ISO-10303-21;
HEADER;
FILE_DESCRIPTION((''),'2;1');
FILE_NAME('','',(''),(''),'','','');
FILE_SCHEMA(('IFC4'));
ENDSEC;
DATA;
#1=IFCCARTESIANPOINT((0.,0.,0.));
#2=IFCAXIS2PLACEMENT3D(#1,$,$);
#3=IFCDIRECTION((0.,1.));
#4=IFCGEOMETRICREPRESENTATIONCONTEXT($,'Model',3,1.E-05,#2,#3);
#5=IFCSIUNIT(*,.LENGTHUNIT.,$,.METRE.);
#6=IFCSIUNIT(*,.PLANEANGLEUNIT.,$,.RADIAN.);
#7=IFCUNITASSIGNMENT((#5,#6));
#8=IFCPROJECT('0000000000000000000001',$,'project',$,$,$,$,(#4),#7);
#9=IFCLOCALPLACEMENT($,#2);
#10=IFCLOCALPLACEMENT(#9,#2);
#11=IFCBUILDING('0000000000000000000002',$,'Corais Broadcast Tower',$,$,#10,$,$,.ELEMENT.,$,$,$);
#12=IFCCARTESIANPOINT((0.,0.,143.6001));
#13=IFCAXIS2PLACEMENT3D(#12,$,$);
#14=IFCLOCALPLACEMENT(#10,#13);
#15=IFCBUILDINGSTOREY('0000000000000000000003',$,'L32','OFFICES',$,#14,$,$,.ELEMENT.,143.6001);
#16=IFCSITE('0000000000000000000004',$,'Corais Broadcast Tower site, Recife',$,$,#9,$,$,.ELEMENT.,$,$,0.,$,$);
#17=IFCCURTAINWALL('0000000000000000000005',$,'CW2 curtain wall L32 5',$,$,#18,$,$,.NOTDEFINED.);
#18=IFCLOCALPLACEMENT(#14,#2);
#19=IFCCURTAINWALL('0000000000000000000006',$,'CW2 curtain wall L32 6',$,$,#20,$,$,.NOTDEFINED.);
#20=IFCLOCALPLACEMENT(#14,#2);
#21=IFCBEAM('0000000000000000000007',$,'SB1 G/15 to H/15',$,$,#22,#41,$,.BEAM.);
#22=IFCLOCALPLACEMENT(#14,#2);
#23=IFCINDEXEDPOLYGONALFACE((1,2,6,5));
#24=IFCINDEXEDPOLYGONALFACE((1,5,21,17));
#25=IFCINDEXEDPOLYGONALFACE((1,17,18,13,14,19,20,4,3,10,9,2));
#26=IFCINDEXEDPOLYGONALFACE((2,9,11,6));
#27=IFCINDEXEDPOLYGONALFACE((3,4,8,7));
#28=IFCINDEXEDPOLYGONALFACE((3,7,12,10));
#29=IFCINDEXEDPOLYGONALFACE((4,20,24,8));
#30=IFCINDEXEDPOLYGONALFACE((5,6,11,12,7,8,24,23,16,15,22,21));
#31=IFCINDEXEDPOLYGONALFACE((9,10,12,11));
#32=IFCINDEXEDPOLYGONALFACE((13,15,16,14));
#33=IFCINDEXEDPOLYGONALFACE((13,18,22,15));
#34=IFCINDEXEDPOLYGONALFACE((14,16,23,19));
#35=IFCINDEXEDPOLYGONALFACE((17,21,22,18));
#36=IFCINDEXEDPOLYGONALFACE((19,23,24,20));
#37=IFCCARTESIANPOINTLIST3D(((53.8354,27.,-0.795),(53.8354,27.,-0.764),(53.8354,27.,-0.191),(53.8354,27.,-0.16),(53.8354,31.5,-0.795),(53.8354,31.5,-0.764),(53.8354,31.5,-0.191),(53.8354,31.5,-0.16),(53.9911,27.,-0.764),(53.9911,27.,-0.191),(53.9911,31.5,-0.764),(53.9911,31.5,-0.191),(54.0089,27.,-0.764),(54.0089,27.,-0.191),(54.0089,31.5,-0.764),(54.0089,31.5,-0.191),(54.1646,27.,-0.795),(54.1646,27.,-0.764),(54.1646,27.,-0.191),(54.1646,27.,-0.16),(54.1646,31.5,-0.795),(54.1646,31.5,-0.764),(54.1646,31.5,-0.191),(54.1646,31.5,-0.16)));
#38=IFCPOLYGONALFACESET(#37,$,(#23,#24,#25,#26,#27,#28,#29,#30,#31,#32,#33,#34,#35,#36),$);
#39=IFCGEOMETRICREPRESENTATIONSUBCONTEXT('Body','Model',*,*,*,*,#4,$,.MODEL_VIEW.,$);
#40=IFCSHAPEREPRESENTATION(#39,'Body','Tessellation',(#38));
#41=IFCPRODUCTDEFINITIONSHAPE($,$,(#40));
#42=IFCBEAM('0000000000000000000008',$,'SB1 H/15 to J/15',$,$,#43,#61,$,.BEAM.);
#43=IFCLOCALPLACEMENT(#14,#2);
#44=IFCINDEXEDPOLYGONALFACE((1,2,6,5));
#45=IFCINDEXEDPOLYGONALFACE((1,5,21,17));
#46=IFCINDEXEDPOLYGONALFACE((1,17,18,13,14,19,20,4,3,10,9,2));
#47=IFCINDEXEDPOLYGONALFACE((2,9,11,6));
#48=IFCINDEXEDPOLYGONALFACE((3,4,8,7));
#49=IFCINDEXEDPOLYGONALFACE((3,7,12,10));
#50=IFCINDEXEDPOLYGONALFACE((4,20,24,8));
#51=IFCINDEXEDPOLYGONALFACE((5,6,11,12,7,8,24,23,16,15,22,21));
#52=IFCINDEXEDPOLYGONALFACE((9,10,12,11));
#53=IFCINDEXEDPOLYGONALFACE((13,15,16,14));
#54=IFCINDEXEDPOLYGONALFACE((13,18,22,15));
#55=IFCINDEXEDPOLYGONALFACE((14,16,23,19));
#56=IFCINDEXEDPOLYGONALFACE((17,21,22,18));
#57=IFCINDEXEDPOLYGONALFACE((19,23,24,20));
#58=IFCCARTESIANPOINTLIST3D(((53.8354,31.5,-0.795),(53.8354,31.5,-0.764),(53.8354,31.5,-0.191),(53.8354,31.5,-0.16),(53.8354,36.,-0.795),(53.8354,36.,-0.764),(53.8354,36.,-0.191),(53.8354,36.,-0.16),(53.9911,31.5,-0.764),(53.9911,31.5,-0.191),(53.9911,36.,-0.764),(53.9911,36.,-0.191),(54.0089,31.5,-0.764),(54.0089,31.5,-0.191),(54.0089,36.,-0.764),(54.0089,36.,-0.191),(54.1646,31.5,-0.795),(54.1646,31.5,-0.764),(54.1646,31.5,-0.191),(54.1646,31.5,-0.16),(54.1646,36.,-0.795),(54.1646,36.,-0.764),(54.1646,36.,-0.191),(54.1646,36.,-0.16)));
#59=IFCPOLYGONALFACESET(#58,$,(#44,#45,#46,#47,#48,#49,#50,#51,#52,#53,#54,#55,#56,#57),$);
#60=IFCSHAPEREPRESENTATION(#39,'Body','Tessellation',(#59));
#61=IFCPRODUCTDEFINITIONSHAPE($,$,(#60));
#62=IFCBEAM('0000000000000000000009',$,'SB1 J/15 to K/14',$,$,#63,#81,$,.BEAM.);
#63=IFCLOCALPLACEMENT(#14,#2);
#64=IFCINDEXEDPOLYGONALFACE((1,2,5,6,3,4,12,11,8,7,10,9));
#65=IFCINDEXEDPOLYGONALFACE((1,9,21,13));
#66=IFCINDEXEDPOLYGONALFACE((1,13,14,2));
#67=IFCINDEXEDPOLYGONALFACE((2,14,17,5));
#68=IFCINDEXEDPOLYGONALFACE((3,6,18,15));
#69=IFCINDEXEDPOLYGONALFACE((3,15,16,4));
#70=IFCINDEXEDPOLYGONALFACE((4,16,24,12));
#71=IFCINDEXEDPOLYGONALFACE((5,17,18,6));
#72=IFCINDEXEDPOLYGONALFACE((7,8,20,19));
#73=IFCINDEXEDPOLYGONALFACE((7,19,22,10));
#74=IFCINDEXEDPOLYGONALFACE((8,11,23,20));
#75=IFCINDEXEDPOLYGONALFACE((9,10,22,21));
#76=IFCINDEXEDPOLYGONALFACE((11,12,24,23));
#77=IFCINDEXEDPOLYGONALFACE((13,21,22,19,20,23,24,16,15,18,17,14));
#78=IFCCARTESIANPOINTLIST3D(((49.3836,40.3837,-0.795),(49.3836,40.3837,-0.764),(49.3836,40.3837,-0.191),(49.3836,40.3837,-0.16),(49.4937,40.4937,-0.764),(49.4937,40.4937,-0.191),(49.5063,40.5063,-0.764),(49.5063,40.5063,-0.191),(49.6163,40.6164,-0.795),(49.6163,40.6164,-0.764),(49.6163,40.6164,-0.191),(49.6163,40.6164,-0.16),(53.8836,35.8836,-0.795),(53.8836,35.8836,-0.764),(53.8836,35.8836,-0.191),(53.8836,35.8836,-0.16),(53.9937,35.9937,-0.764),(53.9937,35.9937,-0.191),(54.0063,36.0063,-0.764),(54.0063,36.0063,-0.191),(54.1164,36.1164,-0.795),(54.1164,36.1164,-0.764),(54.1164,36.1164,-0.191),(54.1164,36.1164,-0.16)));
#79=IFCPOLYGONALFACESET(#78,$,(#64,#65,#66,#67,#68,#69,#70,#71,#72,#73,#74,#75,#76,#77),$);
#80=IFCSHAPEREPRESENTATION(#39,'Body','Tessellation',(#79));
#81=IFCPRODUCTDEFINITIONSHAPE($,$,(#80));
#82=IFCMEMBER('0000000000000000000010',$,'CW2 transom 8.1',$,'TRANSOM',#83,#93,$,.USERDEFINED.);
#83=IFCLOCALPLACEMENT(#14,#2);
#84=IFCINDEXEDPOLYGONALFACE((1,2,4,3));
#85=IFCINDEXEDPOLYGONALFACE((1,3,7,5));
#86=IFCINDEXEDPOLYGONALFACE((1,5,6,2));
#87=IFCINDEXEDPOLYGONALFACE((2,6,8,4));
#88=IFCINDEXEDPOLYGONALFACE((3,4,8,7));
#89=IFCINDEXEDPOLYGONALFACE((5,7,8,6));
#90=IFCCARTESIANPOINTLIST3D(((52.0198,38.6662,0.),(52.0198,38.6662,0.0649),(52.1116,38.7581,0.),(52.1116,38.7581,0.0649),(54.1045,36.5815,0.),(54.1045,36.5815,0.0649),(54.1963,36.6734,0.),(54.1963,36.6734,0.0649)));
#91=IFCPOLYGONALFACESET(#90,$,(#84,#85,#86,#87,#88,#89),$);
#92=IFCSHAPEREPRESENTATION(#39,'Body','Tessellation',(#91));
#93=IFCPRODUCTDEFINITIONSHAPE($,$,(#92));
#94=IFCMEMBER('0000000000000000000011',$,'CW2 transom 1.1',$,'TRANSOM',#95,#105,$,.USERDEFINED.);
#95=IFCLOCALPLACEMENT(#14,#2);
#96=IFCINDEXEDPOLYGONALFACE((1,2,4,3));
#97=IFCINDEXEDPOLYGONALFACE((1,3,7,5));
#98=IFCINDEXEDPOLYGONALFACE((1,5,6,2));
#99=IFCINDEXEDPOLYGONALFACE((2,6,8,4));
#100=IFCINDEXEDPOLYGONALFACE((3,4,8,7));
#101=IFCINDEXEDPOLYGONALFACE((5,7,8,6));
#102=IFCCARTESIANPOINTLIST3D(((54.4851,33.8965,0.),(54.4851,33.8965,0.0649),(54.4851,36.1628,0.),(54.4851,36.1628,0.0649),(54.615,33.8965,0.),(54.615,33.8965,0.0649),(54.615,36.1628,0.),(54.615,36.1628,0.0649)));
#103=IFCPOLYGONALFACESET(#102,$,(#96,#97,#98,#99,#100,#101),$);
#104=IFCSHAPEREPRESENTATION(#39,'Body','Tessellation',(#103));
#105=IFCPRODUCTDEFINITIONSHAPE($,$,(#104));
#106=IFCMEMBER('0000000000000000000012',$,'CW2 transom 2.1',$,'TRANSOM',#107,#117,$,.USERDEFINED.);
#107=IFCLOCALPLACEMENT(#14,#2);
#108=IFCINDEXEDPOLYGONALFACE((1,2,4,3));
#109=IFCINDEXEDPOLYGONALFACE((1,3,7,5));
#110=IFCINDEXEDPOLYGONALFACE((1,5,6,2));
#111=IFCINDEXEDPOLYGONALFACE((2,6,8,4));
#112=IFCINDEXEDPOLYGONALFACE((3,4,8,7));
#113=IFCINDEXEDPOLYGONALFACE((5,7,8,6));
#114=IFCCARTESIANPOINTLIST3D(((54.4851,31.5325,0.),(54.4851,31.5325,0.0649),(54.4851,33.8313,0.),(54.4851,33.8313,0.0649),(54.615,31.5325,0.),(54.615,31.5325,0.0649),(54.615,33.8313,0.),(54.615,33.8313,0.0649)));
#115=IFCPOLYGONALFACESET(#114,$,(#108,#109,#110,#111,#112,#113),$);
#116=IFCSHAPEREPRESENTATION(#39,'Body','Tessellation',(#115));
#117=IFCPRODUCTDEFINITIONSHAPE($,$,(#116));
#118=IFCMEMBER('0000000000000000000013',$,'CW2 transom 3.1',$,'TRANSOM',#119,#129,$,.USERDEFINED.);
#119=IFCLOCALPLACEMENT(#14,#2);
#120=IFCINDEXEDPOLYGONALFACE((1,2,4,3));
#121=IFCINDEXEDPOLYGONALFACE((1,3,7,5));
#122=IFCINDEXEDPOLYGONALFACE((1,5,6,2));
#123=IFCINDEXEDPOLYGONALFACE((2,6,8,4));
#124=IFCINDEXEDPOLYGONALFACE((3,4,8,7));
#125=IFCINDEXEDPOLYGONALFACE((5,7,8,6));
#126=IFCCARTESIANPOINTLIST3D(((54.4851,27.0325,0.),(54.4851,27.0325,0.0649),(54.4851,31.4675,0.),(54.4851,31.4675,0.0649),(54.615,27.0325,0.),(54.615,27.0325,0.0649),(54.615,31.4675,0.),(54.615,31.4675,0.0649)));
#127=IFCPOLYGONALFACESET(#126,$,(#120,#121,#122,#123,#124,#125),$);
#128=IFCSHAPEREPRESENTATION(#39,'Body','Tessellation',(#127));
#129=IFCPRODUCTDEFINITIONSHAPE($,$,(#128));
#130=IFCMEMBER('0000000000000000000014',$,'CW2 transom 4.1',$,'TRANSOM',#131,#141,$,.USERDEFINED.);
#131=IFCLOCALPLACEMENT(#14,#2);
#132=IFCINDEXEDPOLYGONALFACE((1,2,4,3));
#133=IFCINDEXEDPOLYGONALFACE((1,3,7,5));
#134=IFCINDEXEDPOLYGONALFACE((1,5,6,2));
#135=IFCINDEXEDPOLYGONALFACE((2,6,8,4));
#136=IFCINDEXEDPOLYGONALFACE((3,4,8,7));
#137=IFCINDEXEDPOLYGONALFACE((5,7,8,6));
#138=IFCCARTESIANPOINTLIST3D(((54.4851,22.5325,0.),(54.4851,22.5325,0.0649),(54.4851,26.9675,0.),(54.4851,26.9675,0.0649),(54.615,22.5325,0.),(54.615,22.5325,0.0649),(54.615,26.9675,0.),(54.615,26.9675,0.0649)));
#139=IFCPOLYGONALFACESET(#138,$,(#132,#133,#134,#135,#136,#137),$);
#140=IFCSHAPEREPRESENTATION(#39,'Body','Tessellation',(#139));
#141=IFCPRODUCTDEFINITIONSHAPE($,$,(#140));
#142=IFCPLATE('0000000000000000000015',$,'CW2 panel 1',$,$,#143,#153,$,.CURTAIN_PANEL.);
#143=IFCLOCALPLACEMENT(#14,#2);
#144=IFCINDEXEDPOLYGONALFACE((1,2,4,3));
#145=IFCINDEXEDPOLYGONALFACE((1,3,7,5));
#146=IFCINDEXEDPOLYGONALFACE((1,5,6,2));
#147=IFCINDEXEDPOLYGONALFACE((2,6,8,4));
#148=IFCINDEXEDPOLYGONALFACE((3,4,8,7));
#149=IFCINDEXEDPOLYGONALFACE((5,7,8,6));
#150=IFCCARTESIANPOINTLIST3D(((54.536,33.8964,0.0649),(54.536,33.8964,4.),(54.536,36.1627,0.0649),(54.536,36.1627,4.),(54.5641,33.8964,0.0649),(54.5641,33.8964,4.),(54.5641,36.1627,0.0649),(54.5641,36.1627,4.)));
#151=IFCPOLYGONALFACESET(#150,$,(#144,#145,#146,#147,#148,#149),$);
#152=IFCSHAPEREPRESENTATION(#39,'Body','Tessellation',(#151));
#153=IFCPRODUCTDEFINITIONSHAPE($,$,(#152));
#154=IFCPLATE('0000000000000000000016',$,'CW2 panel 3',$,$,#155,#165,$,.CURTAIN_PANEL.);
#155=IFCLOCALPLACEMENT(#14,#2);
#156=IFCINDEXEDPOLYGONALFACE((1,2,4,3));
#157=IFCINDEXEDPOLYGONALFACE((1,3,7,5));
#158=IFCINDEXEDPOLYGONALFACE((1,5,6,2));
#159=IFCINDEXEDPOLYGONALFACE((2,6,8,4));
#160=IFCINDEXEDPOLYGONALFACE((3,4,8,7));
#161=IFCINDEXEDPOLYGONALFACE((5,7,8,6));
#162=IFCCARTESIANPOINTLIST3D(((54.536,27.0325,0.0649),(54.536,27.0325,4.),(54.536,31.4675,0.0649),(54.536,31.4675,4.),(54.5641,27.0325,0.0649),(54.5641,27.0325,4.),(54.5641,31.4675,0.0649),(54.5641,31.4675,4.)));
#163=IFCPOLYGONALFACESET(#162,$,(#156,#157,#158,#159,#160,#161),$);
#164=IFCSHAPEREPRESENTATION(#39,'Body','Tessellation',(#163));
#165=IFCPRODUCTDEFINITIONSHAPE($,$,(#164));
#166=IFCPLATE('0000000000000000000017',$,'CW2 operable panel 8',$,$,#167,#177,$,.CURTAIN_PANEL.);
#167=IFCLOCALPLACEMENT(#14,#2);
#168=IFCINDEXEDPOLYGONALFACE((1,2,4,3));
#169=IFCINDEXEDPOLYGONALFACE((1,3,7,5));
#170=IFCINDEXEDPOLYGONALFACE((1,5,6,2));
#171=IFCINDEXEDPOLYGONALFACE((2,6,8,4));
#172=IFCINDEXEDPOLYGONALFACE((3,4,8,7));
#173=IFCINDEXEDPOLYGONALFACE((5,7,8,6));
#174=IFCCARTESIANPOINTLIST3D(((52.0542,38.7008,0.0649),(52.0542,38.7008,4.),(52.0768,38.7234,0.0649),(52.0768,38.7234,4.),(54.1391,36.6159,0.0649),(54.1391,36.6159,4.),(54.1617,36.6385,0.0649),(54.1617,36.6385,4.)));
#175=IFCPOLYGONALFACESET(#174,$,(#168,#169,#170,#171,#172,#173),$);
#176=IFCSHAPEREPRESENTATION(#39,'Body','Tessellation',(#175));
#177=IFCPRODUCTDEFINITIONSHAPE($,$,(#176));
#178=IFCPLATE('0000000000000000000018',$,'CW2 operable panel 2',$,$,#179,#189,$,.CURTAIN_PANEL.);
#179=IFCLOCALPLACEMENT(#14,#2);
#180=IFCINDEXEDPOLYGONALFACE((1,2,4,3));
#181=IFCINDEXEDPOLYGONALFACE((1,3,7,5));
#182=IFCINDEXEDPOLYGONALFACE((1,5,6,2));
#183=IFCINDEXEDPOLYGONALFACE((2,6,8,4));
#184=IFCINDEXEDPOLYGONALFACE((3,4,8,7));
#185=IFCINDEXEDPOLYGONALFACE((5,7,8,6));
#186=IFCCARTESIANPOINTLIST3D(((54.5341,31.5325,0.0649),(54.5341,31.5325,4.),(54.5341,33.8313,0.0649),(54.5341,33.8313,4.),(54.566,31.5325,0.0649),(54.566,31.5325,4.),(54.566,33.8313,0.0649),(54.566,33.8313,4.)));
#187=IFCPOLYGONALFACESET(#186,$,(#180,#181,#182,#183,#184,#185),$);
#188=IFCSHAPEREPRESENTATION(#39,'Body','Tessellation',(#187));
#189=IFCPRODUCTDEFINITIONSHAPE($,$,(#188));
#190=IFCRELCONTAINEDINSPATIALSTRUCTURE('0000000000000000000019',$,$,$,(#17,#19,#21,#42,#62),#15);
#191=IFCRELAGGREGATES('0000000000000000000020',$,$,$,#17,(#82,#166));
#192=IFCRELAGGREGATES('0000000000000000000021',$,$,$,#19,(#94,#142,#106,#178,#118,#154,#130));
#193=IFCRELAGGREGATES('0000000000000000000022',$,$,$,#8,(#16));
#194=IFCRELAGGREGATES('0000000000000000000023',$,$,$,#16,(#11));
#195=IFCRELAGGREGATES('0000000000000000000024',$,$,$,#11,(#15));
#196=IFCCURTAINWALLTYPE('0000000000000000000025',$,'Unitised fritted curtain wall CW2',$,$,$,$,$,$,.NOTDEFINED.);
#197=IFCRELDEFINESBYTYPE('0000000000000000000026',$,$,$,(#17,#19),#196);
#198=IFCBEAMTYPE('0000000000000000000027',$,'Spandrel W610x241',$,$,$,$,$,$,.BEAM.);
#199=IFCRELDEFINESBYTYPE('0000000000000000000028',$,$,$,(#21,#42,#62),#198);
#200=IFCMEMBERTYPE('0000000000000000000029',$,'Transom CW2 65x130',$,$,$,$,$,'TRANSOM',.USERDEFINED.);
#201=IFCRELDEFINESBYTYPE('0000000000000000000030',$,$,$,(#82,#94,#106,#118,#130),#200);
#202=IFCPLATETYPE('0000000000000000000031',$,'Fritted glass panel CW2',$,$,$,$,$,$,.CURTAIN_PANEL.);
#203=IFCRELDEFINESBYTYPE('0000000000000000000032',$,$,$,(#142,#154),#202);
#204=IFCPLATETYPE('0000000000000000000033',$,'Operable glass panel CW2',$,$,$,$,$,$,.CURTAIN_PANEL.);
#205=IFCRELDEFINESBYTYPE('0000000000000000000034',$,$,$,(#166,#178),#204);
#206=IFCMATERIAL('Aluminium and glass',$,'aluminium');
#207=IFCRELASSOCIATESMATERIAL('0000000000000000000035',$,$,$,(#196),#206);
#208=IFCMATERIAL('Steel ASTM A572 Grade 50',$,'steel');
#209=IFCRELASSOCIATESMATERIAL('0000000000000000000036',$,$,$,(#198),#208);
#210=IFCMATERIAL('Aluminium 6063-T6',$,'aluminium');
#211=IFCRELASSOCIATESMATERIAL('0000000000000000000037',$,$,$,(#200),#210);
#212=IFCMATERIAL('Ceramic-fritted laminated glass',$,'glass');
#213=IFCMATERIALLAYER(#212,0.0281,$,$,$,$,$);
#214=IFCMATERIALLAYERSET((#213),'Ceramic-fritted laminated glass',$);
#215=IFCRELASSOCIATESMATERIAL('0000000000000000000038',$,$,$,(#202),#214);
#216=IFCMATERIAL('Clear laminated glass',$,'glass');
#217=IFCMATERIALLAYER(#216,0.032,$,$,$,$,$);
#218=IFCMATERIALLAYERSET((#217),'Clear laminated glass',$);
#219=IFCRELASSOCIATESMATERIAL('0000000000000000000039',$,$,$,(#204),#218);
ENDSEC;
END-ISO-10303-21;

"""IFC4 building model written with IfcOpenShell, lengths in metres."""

from ifc_helpers import new_model, si_unit, direction, frame, origin, origin_2d, place, context, subcontext, project, spatial, rectangle, i_section, extrude, material, layer, layer_set, material_profile, profile_set, type_object, element, aggregate, save


model = new_model("IFC4")

# Units and contexts
model_context = context("Model", 3, precision=1e-05, world=origin(), true_north=direction((0.0, 1.0)))
body_context = subcontext(model_context, "Body", "Model", "MODEL_VIEW")
ifc_project = project(units=[si_unit("LENGTHUNIT", "METRE"), si_unit("PLANEANGLEUNIT", "RADIAN")], contexts=[model_context])

# Site, building, storey
site_placement = place(None, origin())
site = spatial("IfcSite", under=ifc_project, at=site_placement, Name="Corais Broadcast Tower site, Recife", CompositionType="ELEMENT", RefElevation=0.0)
building_placement = place(site_placement, origin())
building = spatial("IfcBuilding", under=site, at=building_placement, Name="Corais Broadcast Tower", CompositionType="ELEMENT")
storey_placement = place(building_placement, frame((0.0, 0.0, 143.6001)))
storey = spatial("IfcBuildingStorey", under=building, at=storey_placement, Name="L32", Description="OFFICES", CompositionType="ELEMENT", Elevation=143.6001)

# Curtain walls
ifc_material_1 = material(Name="Aluminium and glass", Category="aluminium")
curtain_wall_type = type_object("IfcCurtainWallType", Name="Unitised fritted curtain wall CW2", PredefinedType="NOTDEFINED", material=ifc_material_1)
curtain_wall_1_placement = place(storey_placement, origin())
curtain_wall_1 = element("IfcCurtainWall", 1, at=curtain_wall_1_placement, inside=storey, type_object=curtain_wall_type, Name="CW2 curtain wall L32 5", PredefinedType="NOTDEFINED")
curtain_wall_2_placement = place(storey_placement, origin())
curtain_wall_2 = element("IfcCurtainWall", 2, at=curtain_wall_2_placement, inside=storey, type_object=curtain_wall_type, Name="CW2 curtain wall L32 6", PredefinedType="NOTDEFINED")

# Beams
ifc_material_2 = material(Name="Steel ASTM A572 Grade 50", Category="steel")
ifc_material_profile_1 = material_profile(ifc_material_2, i_section(OverallWidth=0.3291, OverallDepth=0.635, WebThickness=0.0178, FlangeThickness=0.031, at=origin_2d()), Name="W610x241")
ifc_profile_set_1 = profile_set([ifc_material_profile_1], Name="Steel ASTM A572 Grade 50")
beam_type_1 = type_object("IfcBeamType", Name="Spandrel W610x241", PredefinedType="BEAM", material=ifc_profile_set_1)
for number, where, z_axis, x_axis, name in (
    (3, (54.0, 27.0, -0.4775), (0.0, 1.0, 0.0), (-1.0, 0.0, 0.0), "SB1 G/15 to H/15"),
    (4, (54.0, 31.5, -0.4775), (0.0, 1.0, 0.0), (-1.0, 0.0, 0.0), "SB1 H/15 to J/15"),
):
    element("IfcBeam", number, at=place(storey_placement, frame(where, z_axis=z_axis, x_axis=x_axis)), inside=storey, type_object=beam_type_1, Name=name, PredefinedType="BEAM", context=body_context, shape_type="SweptSolid", body=[
        extrude(i_section(OverallWidth=0.3291, OverallDepth=0.635, WebThickness=0.0178, FlangeThickness=0.031, at=origin_2d()), origin(), (0.0, 0.0, 1.0), 4.5),
    ])
beam_placement = place(storey_placement, frame((54.0, 36.0, -0.4775), z_axis=(-0.707107, 0.707107, 0.0), x_axis=(-0.707107, -0.707107, 0.0)))
element("IfcBeam", 5, at=beam_placement, inside=storey, type_object=beam_type_1, Name="SB1 J/15 to K/14", PredefinedType="BEAM", context=body_context, shape_type="SweptSolid", body=[
    extrude(i_section(OverallWidth=0.3291, OverallDepth=0.635, WebThickness=0.0178, FlangeThickness=0.031, at=origin_2d()), origin(), (0.0, 0.0, 1.0), 6.364),
])

# Members
ifc_material_3 = material(Name="Aluminium 6063-T6", Category="aluminium")
ifc_material_profile_2 = material_profile(ifc_material_3, rectangle(XDim=0.1299, YDim=0.0649, at=origin_2d()), Name="Transom CW2 65x130")
ifc_profile_set_2 = profile_set([ifc_material_profile_2], Name="Aluminium 6063-T6")
member_type_1 = type_object("IfcMemberType", Name="Transom CW2 65x130", ElementType="TRANSOM", PredefinedType="USERDEFINED", material=ifc_profile_set_2)
member_1_placement = place(storey_placement, frame((52.0657, 38.7122, 0.0325), z_axis=(0.707107, -0.707107, 0.0), x_axis=(0.707107, 0.707107, 0.0)))
member_1 = element("IfcMember", 6, at=member_1_placement, type_object=member_type_1, Name="CW2 transom 8.1", ObjectType="TRANSOM", PredefinedType="USERDEFINED", context=body_context, shape_type="SweptSolid", body=[
    extrude(rectangle(XDim=0.1299, YDim=0.0649, at=origin_2d()), origin(), (0.0, 0.0, 1.0), 2.9482),
])
member_2_placement = place(storey_placement, frame((54.55, 36.1628, 0.0325), z_axis=(0.0, -1.0, 0.0), x_axis=(1.0, 0.0, 0.0)))
member_2 = element("IfcMember", 7, at=member_2_placement, type_object=member_type_1, Name="CW2 transom 1.1", ObjectType="TRANSOM", PredefinedType="USERDEFINED", context=body_context, shape_type="SweptSolid", body=[
    extrude(rectangle(XDim=0.1299, YDim=0.0649, at=origin_2d()), origin(), (0.0, 0.0, 1.0), 2.2664),
])
member_3_placement = place(storey_placement, frame((54.55, 33.8313, 0.0325), z_axis=(0.0, -1.0, 0.0), x_axis=(1.0, 0.0, 0.0)))
member_3 = element("IfcMember", 8, at=member_3_placement, type_object=member_type_1, Name="CW2 transom 2.1", ObjectType="TRANSOM", PredefinedType="USERDEFINED", context=body_context, shape_type="SweptSolid", body=[
    extrude(rectangle(XDim=0.1299, YDim=0.0649, at=origin_2d()), origin(), (0.0, 0.0, 1.0), 2.2988),
])
member_4_placement = place(storey_placement, frame((54.55, 31.4675, 0.0325), z_axis=(0.0, -1.0, 0.0), x_axis=(1.0, 0.0, 0.0)))
member_4 = element("IfcMember", 9, at=member_4_placement, type_object=member_type_1, Name="CW2 transom 3.1", ObjectType="TRANSOM", PredefinedType="USERDEFINED", context=body_context, shape_type="SweptSolid", body=[
    extrude(rectangle(XDim=0.1299, YDim=0.0649, at=origin_2d()), origin(), (0.0, 0.0, 1.0), 4.4351),
])
member_5_placement = place(storey_placement, frame((54.55, 26.9675, 0.0325), z_axis=(0.0, -1.0, 0.0), x_axis=(1.0, 0.0, 0.0)))
member_5 = element("IfcMember", 10, at=member_5_placement, type_object=member_type_1, Name="CW2 transom 4.1", ObjectType="TRANSOM", PredefinedType="USERDEFINED", context=body_context, shape_type="SweptSolid", body=[
    extrude(rectangle(XDim=0.1299, YDim=0.0649, at=origin_2d()), origin(), (0.0, 0.0, 1.0), 4.4351),
])

# Plates
ifc_material_4 = material(Name="Ceramic-fritted laminated glass", Category="glass")
ifc_layer_1 = layer(ifc_material_4, 0.0281)
ifc_layer_set_1 = layer_set([ifc_layer_1], Name="Ceramic-fritted laminated glass")
plate_type_1 = type_object("IfcPlateType", Name="Fritted glass panel CW2", PredefinedType="CURTAIN_PANEL", material=ifc_layer_set_1)
plate_1_placement = place(storey_placement, frame((54.55, 35.0295, 0.0649), z_axis=(0.0, 0.0, 1.0), x_axis=(0.0, -1.0, 0.0)))
plate_1 = element("IfcPlate", 11, at=plate_1_placement, type_object=plate_type_1, Name="CW2 panel 1", PredefinedType="CURTAIN_PANEL", context=body_context, shape_type="SweptSolid", body=[
    extrude(rectangle(XDim=2.2664, YDim=0.0281, at=origin_2d()), origin(), (0.0, 0.0, 1.0), 3.9351),
])
plate_2_placement = place(storey_placement, frame((54.55, 29.25, 0.0649), z_axis=(0.0, 0.0, 1.0), x_axis=(0.0, -1.0, 0.0)))
plate_2 = element("IfcPlate", 12, at=plate_2_placement, type_object=plate_type_1, Name="CW2 panel 3", PredefinedType="CURTAIN_PANEL", context=body_context, shape_type="SweptSolid", body=[
    extrude(rectangle(XDim=4.4351, YDim=0.0281, at=origin_2d()), origin(), (0.0, 0.0, 1.0), 3.9351),
])
ifc_material_5 = material(Name="Clear laminated glass", Category="glass")
ifc_layer_2 = layer(ifc_material_5, 0.032)
ifc_layer_set_2 = layer_set([ifc_layer_2], Name="Clear laminated glass")
plate_type_2 = type_object("IfcPlateType", Name="Operable glass panel CW2", PredefinedType="CURTAIN_PANEL", material=ifc_layer_set_2)
plate_3_placement = place(storey_placement, frame((53.1079, 37.6697, 0.0649), z_axis=(0.0, 0.0, 1.0), x_axis=(0.707107, -0.707107, 0.0)))
plate_3 = element("IfcPlate", 13, at=plate_3_placement, type_object=plate_type_2, Name="CW2 operable panel 8", PredefinedType="CURTAIN_PANEL", context=body_context, shape_type="SweptSolid", body=[
    extrude(rectangle(XDim=2.9485, YDim=0.032, at=origin_2d()), origin(), (0.0, 0.0, 1.0), 3.9351),
])
aggregate(curtain_wall_1, [member_1, plate_3])
plate_4_placement = place(storey_placement, frame((54.55, 32.6819, 0.0649), z_axis=(0.0, 0.0, 1.0), x_axis=(0.0, -1.0, 0.0)))
plate_4 = element("IfcPlate", 14, at=plate_4_placement, type_object=plate_type_2, Name="CW2 operable panel 2", PredefinedType="CURTAIN_PANEL", context=body_context, shape_type="SweptSolid", body=[
    extrude(rectangle(XDim=2.2988, YDim=0.032, at=origin_2d()), origin(), (0.0, 0.0, 1.0), 3.9351),
])
aggregate(curtain_wall_2, [member_2, plate_1, member_3, plate_4, member_4, plate_2, member_5])

save(model, "model.ifc")
